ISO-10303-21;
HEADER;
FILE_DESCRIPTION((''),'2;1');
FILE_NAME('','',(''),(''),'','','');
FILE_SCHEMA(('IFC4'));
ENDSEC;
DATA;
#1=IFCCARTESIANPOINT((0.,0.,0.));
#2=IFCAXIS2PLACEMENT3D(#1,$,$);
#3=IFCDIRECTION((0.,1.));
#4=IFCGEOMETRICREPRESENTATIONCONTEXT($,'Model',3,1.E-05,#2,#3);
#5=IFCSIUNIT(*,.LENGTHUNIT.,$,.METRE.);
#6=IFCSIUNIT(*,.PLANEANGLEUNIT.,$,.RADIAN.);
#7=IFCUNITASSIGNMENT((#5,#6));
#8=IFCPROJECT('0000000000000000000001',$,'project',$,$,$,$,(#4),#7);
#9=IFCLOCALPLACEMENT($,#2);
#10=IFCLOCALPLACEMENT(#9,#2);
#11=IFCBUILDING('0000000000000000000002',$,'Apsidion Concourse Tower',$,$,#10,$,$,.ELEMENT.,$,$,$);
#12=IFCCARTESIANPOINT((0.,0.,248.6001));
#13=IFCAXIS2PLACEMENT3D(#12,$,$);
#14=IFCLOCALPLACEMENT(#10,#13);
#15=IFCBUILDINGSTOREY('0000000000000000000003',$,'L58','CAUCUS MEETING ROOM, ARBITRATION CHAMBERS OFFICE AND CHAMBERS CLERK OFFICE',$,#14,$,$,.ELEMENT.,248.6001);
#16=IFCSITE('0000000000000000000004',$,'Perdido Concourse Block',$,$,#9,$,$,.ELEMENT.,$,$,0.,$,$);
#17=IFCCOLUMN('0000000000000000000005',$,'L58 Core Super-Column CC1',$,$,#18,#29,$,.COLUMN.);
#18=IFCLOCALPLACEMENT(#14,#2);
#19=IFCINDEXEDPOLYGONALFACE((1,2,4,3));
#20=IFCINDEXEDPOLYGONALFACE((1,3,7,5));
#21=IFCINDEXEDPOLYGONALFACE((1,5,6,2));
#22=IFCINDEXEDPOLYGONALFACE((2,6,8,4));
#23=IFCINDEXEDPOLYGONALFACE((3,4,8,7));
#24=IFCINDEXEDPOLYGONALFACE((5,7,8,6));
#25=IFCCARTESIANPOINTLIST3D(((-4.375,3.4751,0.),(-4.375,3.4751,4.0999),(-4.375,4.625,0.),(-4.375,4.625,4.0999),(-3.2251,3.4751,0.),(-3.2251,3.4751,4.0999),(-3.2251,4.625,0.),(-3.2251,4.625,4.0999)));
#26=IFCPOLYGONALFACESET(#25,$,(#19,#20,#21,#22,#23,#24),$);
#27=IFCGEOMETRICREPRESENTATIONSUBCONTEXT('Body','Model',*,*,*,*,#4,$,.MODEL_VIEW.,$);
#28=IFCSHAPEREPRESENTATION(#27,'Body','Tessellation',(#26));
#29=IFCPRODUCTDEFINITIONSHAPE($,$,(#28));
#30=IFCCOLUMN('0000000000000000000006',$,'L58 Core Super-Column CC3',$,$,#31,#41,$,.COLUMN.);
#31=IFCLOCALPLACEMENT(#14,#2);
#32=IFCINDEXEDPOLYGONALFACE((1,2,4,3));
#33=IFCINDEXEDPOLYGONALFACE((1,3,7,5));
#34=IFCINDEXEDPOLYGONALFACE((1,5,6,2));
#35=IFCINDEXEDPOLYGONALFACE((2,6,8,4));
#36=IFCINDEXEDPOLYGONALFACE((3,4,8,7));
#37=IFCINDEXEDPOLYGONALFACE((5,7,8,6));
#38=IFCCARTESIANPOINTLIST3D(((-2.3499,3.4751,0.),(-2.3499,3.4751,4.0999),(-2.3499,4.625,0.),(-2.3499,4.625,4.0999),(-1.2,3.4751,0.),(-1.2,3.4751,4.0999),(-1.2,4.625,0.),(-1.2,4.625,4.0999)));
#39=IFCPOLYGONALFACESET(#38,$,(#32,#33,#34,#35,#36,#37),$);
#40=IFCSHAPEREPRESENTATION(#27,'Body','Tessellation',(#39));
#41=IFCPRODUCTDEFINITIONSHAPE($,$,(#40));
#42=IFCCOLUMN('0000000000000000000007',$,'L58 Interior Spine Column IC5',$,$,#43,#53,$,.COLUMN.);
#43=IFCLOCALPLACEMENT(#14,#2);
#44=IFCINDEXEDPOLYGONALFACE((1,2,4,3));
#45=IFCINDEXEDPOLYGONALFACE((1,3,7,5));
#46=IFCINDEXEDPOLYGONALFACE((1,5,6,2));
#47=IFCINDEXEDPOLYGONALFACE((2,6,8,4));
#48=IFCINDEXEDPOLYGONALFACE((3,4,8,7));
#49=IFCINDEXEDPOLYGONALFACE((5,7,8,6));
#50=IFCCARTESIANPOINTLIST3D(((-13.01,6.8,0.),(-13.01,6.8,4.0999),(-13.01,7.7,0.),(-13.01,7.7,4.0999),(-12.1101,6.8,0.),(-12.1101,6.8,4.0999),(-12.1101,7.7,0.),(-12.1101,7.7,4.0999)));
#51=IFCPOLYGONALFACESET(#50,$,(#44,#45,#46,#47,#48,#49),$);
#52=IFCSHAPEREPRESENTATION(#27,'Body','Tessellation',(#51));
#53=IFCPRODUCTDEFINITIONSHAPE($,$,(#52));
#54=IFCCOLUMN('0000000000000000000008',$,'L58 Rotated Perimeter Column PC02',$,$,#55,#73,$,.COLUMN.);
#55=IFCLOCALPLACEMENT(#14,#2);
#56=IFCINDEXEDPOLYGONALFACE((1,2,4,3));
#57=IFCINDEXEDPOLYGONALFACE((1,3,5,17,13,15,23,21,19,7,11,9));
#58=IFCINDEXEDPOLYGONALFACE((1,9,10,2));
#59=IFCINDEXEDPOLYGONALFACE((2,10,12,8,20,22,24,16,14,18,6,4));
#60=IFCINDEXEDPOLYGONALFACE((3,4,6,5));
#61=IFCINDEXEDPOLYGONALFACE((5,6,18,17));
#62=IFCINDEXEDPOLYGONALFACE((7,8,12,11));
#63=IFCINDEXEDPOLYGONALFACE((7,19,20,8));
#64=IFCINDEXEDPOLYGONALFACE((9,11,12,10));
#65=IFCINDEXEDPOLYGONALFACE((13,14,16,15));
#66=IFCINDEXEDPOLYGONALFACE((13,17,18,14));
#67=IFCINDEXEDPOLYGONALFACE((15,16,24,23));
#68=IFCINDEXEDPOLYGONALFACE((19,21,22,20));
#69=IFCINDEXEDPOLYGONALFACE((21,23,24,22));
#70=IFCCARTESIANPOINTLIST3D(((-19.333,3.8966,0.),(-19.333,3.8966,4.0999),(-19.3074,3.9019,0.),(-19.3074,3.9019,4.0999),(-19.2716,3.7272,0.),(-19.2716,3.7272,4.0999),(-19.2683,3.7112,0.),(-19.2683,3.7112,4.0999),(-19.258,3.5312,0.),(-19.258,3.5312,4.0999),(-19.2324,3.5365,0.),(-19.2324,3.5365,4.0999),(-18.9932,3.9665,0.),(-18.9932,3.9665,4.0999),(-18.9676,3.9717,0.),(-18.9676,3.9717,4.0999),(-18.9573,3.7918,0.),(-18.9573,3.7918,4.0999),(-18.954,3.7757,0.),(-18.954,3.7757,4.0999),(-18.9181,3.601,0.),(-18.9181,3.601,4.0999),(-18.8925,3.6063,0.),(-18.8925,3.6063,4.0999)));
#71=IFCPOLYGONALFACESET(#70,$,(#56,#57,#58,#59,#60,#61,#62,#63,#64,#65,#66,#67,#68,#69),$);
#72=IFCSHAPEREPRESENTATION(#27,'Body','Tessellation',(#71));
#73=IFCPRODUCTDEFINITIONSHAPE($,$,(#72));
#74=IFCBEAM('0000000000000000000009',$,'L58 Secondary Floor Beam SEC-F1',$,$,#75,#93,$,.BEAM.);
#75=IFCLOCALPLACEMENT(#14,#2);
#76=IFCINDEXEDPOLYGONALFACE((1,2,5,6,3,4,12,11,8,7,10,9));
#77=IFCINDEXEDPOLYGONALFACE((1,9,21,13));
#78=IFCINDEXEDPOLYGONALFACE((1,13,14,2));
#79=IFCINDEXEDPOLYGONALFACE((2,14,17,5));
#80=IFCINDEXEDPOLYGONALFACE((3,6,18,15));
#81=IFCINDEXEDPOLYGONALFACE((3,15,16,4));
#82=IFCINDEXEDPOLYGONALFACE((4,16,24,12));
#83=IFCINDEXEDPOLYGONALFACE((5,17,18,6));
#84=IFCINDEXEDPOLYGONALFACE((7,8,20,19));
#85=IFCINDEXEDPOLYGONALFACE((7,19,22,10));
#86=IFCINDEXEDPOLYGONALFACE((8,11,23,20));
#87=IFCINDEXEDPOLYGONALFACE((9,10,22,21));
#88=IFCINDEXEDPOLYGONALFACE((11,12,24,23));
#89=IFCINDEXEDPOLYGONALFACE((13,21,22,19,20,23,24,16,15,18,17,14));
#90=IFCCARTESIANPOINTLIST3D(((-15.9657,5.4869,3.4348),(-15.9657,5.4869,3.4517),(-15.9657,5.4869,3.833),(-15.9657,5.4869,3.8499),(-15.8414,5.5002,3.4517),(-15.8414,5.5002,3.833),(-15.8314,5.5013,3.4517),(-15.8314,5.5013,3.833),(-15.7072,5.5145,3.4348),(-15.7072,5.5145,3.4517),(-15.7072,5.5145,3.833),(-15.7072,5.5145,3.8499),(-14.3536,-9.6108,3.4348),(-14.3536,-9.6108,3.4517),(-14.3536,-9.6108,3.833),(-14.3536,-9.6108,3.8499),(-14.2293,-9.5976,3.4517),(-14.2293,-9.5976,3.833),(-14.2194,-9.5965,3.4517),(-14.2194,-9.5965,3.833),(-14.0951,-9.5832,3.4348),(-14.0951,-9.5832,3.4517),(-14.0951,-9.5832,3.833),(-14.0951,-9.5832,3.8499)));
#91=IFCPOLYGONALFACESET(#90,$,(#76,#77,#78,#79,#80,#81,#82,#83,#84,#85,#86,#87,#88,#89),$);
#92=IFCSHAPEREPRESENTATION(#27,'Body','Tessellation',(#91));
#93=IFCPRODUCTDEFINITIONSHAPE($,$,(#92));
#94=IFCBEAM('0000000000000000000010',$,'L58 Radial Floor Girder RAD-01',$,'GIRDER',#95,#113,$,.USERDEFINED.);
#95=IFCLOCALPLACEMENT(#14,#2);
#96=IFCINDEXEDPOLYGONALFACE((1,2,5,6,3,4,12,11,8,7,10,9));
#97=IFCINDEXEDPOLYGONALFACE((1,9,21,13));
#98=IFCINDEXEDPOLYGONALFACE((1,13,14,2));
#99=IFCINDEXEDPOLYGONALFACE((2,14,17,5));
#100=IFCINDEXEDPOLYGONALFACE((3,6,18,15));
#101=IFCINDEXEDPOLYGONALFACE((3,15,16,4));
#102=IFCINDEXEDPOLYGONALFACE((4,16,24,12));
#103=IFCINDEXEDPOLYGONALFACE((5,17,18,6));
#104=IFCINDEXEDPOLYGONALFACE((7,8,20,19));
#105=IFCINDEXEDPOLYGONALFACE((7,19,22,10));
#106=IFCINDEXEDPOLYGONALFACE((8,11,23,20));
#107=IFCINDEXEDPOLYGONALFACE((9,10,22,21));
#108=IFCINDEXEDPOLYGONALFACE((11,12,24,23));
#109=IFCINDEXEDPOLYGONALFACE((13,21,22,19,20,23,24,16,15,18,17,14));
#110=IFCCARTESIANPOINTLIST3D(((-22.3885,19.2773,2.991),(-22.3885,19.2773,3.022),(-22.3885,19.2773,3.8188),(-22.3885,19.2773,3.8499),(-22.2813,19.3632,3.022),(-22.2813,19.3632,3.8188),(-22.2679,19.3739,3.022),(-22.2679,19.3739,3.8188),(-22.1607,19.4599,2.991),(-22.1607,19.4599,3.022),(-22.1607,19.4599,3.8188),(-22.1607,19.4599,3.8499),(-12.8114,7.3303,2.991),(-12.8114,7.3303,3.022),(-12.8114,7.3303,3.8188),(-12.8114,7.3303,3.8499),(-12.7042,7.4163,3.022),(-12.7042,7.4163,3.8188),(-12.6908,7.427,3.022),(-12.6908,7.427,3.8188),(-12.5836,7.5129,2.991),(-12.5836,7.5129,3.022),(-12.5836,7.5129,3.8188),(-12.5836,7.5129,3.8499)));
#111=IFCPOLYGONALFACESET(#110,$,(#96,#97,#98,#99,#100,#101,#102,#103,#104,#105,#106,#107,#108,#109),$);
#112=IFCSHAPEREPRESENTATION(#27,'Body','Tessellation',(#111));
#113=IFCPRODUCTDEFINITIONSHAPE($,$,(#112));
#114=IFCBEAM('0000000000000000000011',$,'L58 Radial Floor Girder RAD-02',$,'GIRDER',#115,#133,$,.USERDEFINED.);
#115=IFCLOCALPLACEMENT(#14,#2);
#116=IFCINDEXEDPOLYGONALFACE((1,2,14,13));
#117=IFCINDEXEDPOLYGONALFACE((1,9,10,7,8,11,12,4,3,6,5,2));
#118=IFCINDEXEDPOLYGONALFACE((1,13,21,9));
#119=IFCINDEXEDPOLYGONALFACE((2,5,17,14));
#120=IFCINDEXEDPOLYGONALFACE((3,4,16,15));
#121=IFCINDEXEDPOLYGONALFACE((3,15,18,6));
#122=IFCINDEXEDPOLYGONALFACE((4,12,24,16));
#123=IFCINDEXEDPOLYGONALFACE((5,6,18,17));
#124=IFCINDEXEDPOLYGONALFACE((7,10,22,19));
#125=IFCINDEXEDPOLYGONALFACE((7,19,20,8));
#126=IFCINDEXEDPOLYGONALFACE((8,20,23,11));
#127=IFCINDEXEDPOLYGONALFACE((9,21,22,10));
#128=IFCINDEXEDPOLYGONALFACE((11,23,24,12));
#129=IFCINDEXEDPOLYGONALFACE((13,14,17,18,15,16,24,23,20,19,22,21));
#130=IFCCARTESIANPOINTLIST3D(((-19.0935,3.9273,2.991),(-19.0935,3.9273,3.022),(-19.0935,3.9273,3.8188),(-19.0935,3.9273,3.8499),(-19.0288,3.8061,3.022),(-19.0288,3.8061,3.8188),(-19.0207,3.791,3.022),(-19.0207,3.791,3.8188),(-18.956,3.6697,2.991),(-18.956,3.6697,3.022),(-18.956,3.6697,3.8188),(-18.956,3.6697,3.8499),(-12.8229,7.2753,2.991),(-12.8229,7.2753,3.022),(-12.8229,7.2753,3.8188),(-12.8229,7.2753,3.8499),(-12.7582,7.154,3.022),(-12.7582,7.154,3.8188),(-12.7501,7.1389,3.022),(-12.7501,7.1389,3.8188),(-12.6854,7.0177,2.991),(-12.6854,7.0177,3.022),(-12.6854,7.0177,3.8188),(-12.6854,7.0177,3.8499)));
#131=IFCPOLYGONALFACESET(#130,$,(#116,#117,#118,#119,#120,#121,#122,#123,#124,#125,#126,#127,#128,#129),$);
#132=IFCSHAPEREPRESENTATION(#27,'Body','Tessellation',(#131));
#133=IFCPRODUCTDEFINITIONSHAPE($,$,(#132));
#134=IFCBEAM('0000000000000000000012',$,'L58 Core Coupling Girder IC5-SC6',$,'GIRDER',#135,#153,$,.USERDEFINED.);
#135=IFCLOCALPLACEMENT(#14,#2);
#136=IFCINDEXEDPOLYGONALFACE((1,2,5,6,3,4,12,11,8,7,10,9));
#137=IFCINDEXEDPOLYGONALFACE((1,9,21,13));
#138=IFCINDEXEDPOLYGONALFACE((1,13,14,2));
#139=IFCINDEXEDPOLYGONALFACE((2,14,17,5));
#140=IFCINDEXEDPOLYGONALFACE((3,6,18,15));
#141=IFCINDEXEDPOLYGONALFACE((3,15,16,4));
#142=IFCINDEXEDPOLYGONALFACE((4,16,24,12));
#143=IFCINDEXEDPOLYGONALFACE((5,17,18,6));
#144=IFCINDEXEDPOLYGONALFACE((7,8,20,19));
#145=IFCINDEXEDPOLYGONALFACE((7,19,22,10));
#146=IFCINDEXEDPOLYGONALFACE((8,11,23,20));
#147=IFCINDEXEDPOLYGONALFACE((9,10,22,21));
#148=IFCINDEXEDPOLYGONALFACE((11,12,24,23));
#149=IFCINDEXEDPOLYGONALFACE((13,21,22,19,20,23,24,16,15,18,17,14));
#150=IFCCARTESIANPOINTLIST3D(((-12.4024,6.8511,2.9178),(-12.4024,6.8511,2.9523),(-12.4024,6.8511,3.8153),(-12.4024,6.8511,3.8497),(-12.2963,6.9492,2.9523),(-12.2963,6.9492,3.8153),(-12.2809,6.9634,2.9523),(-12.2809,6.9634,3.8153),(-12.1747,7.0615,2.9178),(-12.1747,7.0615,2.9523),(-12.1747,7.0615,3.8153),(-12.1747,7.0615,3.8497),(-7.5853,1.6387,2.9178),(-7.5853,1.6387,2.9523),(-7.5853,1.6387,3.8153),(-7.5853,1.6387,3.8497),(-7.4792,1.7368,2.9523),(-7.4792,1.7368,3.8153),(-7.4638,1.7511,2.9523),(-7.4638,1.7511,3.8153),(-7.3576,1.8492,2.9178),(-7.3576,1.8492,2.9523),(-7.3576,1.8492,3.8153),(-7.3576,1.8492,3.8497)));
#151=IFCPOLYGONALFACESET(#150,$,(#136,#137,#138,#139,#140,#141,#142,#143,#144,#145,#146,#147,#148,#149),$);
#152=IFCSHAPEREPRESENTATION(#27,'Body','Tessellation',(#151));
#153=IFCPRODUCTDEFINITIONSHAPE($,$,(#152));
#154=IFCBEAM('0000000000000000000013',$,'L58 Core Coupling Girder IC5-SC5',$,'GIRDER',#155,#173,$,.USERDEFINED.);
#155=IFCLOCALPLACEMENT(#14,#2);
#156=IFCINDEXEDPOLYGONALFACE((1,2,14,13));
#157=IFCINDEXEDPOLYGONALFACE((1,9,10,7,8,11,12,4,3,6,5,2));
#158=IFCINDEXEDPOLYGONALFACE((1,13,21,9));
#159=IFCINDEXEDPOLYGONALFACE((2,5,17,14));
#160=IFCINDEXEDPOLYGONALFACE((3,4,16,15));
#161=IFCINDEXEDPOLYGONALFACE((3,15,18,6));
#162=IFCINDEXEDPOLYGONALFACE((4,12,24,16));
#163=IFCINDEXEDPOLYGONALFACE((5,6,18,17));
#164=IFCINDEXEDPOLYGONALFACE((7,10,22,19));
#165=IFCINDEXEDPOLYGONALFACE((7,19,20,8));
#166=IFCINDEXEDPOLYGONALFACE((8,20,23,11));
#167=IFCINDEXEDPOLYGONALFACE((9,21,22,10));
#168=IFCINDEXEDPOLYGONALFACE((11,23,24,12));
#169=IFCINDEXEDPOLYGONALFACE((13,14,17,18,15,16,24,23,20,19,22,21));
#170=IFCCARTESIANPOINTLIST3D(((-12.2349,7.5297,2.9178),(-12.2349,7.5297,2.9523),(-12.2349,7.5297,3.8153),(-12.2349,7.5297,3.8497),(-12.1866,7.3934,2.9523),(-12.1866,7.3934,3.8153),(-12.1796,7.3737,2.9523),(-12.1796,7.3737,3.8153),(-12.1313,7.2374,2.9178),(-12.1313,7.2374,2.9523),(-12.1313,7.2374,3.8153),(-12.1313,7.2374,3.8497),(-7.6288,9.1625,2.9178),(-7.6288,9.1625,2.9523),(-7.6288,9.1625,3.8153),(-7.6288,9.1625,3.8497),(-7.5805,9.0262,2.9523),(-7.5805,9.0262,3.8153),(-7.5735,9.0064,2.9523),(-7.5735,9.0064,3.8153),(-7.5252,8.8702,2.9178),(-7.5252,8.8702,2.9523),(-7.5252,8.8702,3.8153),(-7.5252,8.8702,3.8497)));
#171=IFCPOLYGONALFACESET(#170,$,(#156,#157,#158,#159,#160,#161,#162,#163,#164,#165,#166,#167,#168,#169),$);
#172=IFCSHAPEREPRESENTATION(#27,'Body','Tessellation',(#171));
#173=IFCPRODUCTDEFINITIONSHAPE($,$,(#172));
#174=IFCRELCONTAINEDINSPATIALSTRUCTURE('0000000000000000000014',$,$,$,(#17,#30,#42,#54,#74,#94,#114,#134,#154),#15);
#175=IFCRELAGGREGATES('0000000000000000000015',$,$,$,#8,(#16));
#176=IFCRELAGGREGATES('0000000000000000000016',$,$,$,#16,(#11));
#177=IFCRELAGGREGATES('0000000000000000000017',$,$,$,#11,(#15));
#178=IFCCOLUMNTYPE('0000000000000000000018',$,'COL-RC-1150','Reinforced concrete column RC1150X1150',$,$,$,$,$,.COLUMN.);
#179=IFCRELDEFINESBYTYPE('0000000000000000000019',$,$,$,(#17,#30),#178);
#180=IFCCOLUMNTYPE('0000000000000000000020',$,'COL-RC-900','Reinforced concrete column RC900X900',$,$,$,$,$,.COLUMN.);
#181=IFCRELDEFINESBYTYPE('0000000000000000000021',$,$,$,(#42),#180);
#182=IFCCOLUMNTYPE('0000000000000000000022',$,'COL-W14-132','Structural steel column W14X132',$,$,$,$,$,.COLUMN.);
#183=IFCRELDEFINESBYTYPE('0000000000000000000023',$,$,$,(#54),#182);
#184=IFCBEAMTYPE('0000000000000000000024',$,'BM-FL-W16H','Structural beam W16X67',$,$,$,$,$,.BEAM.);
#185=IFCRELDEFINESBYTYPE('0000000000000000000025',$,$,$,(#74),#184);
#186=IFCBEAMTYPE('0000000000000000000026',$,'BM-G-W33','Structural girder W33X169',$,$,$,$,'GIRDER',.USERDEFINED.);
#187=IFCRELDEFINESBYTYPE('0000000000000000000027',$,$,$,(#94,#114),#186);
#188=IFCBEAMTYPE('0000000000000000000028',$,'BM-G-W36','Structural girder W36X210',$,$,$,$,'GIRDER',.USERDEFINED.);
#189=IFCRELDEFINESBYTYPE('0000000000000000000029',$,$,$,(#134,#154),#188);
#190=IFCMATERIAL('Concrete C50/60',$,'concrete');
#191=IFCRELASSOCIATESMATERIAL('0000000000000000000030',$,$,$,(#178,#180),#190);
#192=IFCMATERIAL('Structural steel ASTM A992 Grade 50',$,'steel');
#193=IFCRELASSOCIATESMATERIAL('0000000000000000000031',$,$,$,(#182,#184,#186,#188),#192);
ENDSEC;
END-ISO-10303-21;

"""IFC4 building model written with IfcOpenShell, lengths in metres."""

from ifc_helpers import new_model, si_unit, direction, frame, origin, origin_2d, place, context, subcontext, project, spatial, rectangle, i_section, extrude, material, material_profile, profile_set, type_object, element, save


model = new_model("IFC4")

# Units and contexts
model_context = context("Model", 3, precision=1e-05, world=origin(), true_north=direction((0.0, 1.0)))
body_context = subcontext(model_context, "Body", "Model", "MODEL_VIEW")
ifc_project = project(units=[si_unit("LENGTHUNIT", "METRE"), si_unit("PLANEANGLEUNIT", "RADIAN")], contexts=[model_context])

# Site, building, storey
site_placement = place(None, origin())
site = spatial("IfcSite", under=ifc_project, at=site_placement, Name="Perdido Concourse Block", CompositionType="ELEMENT", RefElevation=0.0)
building_placement = place(site_placement, origin())
building = spatial("IfcBuilding", under=site, at=building_placement, Name="Apsidion Concourse Tower", CompositionType="ELEMENT")
storey_placement = place(building_placement, frame((0.0, 0.0, 248.6001)))
storey = spatial("IfcBuildingStorey", under=building, at=storey_placement, Name="L58", Description="CAUCUS MEETING ROOM, ARBITRATION CHAMBERS OFFICE AND CHAMBERS CLERK OFFICE", CompositionType="ELEMENT", Elevation=248.6001)

# Columns
ifc_material_1 = material(Name="Concrete C50/60", Category="concrete")
ifc_material_profile_1 = material_profile(ifc_material_1, rectangle(XDim=1.1499, YDim=1.1499, at=origin_2d()), Name="RC 1150x1150")
ifc_profile_set_1 = profile_set([ifc_material_profile_1], Name="Concrete C50/60")
column_type_1 = type_object("IfcColumnType", Name="COL-RC-1150", Description="Reinforced concrete column RC1150X1150", PredefinedType="COLUMN", material=ifc_profile_set_1)
for number, where, z_axis, x_axis, name in (
    (1, (-3.8, 4.05, 0.0), (0.0, 0.0, 1.0), (1.0, 0.0, 0.0), "L58 Core Super-Column CC1"),
    (2, (-1.7749, 4.05, 0.0), (0.0, 0.0, 1.0), (1.0, 0.0, 0.0), "L58 Core Super-Column CC3"),
):
    element("IfcColumn", number, at=place(storey_placement, frame(where, z_axis=z_axis, x_axis=x_axis)), inside=storey, type_object=column_type_1, Name=name, PredefinedType="COLUMN", context=body_context, shape_type="SweptSolid", body=[
        extrude(rectangle(XDim=1.1499, YDim=1.1499, at=origin_2d()), origin(), (0.0, 0.0, 1.0), 4.0999),
    ])
ifc_material_profile_2 = material_profile(ifc_material_1, rectangle(XDim=0.8999, YDim=0.8999, at=origin_2d()), Name="RC 900x900")
ifc_profile_set_2 = profile_set([ifc_material_profile_2], Name="Concrete C50/60")
column_type_2 = type_object("IfcColumnType", Name="COL-RC-900", Description="Reinforced concrete column RC900X900", PredefinedType="COLUMN", material=ifc_profile_set_2)
column_1_placement = place(storey_placement, frame((-12.5601, 7.25, 0.0), z_axis=(0.0, 0.0, 1.0), x_axis=(1.0, 0.0, 0.0)))
element("IfcColumn", 3, at=column_1_placement, inside=storey, type_object=column_type_2, Name="L58 Interior Spine Column IC5", PredefinedType="COLUMN", context=body_context, shape_type="SweptSolid", body=[
    extrude(rectangle(XDim=0.8999, YDim=0.8999, at=origin_2d()), origin(), (0.0, 0.0, 1.0), 4.0999),
])
ifc_material_2 = material(Name="Structural steel ASTM A992 Grade 50", Category="steel")
ifc_material_profile_3 = material_profile(ifc_material_2, i_section(OverallWidth=0.373, OverallDepth=0.373, WebThickness=0.0164, FlangeThickness=0.0261, at=origin_2d()), Name="W14X132")
ifc_profile_set_3 = profile_set([ifc_material_profile_3], Name="Structural steel ASTM A992 Grade 50")
column_type_3 = type_object("IfcColumnType", Name="COL-W14-132", Description="Structural steel column W14X132", PredefinedType="COLUMN", material=ifc_profile_set_3)
column_2_placement = place(storey_placement, frame((-19.1128, 3.7515, 0.0), z_axis=(0.0, 0.0, 1.0), x_axis=(-0.201249, 0.97954, 0.0)))
element("IfcColumn", 4, at=column_2_placement, inside=storey, type_object=column_type_3, Name="L58 Rotated Perimeter Column PC02", PredefinedType="COLUMN", context=body_context, shape_type="SweptSolid", body=[
    extrude(i_section(OverallWidth=0.373, OverallDepth=0.373, WebThickness=0.0164, FlangeThickness=0.0261, at=origin_2d()), origin(), (0.0, 0.0, 1.0), 4.0999),
])

# Beams
ifc_material_profile_4 = material_profile(ifc_material_2, i_section(OverallWidth=0.26, OverallDepth=0.415, WebThickness=0.01, FlangeThickness=0.0168, at=origin_2d()), Name="W16X67")
ifc_profile_set_4 = profile_set([ifc_material_profile_4], Name="Structural steel ASTM A992 Grade 50")
beam_type_1 = type_object("IfcBeamType", Name="BM-FL-W16H", Description="Structural beam W16X67", PredefinedType="BEAM", material=ifc_profile_set_4)
beam_1_placement = place(storey_placement, frame((-15.8364, 5.5007, 3.6423), z_axis=(0.106172, -0.994348, 0.0), x_axis=(0.994348, 0.106172, 0.0)))
element("IfcBeam", 5, at=beam_1_placement, inside=storey, type_object=beam_type_1, Name="L58 Secondary Floor Beam SEC-F1", PredefinedType="BEAM", context=body_context, shape_type="SweptSolid", body=[
    extrude(i_section(OverallWidth=0.26, OverallDepth=0.415, WebThickness=0.01, FlangeThickness=0.0168, at=origin_2d()), origin(), (0.0, 0.0, 1.0), 15.1836),
])
ifc_material_profile_5 = material_profile(ifc_material_2, i_section(OverallWidth=0.292, OverallDepth=0.8589, WebThickness=0.0171, FlangeThickness=0.031, at=origin_2d()), Name="W33X169")
ifc_profile_set_5 = profile_set([ifc_material_profile_5], Name="Structural steel ASTM A992 Grade 50")
beam_type_2 = type_object("IfcBeamType", Name="BM-G-W33", Description="Structural girder W33X169", ElementType="GIRDER", PredefinedType="USERDEFINED", material=ifc_profile_set_5)
beam_2_placement = place(storey_placement, frame((-12.6975, 7.4216, 3.4204), z_axis=(-0.625473, 0.780246, 0.0), x_axis=(-0.780246, -0.625473, 0.0)))
element("IfcBeam", 6, at=beam_2_placement, inside=storey, type_object=beam_type_2, Name="L58 Radial Floor Girder RAD-01", ObjectType="GIRDER", PredefinedType="USERDEFINED", context=body_context, shape_type="SweptSolid", body=[
    extrude(i_section(OverallWidth=0.292, OverallDepth=0.8589, WebThickness=0.0171, FlangeThickness=0.031, at=origin_2d()), origin(), (0.0, 0.0, 1.0), 15.3118),
])
beam_3_placement = place(storey_placement, frame((-12.7542, 7.1465, 3.4204), z_axis=(-0.882141, -0.470986, 0.0), x_axis=(0.470986, -0.882141, 0.0)))
element("IfcBeam", 7, at=beam_3_placement, inside=storey, type_object=beam_type_2, Name="L58 Radial Floor Girder RAD-02", ObjectType="GIRDER", PredefinedType="USERDEFINED", context=body_context, shape_type="SweptSolid", body=[
    extrude(i_section(OverallWidth=0.292, OverallDepth=0.8589, WebThickness=0.0171, FlangeThickness=0.031, at=origin_2d()), origin(), (0.0, 0.0, 1.0), 7.1084),
])
ifc_material_profile_6 = material_profile(ifc_material_2, i_section(OverallWidth=0.3101, OverallDepth=0.9319, WebThickness=0.021, FlangeThickness=0.0344, at=origin_2d()), Name="W36X210")
ifc_profile_set_6 = profile_set([ifc_material_profile_6], Name="Structural steel ASTM A992 Grade 50")
beam_type_3 = type_object("IfcBeamType", Name="BM-G-W36", Description="Structural girder W36X210", ElementType="GIRDER", PredefinedType="USERDEFINED", material=ifc_profile_set_6)
beam_4_placement = place(storey_placement, frame((-12.2886, 6.9563, 3.3838), z_axis=(0.678713, -0.734404, 0.0), x_axis=(0.734404, 0.678713, 0.0)))
element("IfcBeam", 8, at=beam_4_placement, inside=storey, type_object=beam_type_3, Name="L58 Core Coupling Girder IC5-SC6", ObjectType="GIRDER", PredefinedType="USERDEFINED", context=body_context, shape_type="SweptSolid", body=[
    extrude(i_section(OverallWidth=0.3101, OverallDepth=0.9319, WebThickness=0.021, FlangeThickness=0.0344, at=origin_2d()), origin(), (0.0, 0.0, 1.0), 7.0974),
])
beam_5_placement = place(storey_placement, frame((-12.1831, 7.3835, 3.3838), z_axis=(0.942534, 0.334111, 0.0), x_axis=(-0.334111, 0.942534, 0.0)))
element("IfcBeam", 9, at=beam_5_placement, inside=storey, type_object=beam_type_3, Name="L58 Core Coupling Girder IC5-SC5", ObjectType="GIRDER", PredefinedType="USERDEFINED", context=body_context, shape_type="SweptSolid", body=[
    extrude(i_section(OverallWidth=0.3101, OverallDepth=0.9319, WebThickness=0.021, FlangeThickness=0.0344, at=origin_2d()), origin(), (0.0, 0.0, 1.0), 4.887),
])

save(model, "model.ifc")
